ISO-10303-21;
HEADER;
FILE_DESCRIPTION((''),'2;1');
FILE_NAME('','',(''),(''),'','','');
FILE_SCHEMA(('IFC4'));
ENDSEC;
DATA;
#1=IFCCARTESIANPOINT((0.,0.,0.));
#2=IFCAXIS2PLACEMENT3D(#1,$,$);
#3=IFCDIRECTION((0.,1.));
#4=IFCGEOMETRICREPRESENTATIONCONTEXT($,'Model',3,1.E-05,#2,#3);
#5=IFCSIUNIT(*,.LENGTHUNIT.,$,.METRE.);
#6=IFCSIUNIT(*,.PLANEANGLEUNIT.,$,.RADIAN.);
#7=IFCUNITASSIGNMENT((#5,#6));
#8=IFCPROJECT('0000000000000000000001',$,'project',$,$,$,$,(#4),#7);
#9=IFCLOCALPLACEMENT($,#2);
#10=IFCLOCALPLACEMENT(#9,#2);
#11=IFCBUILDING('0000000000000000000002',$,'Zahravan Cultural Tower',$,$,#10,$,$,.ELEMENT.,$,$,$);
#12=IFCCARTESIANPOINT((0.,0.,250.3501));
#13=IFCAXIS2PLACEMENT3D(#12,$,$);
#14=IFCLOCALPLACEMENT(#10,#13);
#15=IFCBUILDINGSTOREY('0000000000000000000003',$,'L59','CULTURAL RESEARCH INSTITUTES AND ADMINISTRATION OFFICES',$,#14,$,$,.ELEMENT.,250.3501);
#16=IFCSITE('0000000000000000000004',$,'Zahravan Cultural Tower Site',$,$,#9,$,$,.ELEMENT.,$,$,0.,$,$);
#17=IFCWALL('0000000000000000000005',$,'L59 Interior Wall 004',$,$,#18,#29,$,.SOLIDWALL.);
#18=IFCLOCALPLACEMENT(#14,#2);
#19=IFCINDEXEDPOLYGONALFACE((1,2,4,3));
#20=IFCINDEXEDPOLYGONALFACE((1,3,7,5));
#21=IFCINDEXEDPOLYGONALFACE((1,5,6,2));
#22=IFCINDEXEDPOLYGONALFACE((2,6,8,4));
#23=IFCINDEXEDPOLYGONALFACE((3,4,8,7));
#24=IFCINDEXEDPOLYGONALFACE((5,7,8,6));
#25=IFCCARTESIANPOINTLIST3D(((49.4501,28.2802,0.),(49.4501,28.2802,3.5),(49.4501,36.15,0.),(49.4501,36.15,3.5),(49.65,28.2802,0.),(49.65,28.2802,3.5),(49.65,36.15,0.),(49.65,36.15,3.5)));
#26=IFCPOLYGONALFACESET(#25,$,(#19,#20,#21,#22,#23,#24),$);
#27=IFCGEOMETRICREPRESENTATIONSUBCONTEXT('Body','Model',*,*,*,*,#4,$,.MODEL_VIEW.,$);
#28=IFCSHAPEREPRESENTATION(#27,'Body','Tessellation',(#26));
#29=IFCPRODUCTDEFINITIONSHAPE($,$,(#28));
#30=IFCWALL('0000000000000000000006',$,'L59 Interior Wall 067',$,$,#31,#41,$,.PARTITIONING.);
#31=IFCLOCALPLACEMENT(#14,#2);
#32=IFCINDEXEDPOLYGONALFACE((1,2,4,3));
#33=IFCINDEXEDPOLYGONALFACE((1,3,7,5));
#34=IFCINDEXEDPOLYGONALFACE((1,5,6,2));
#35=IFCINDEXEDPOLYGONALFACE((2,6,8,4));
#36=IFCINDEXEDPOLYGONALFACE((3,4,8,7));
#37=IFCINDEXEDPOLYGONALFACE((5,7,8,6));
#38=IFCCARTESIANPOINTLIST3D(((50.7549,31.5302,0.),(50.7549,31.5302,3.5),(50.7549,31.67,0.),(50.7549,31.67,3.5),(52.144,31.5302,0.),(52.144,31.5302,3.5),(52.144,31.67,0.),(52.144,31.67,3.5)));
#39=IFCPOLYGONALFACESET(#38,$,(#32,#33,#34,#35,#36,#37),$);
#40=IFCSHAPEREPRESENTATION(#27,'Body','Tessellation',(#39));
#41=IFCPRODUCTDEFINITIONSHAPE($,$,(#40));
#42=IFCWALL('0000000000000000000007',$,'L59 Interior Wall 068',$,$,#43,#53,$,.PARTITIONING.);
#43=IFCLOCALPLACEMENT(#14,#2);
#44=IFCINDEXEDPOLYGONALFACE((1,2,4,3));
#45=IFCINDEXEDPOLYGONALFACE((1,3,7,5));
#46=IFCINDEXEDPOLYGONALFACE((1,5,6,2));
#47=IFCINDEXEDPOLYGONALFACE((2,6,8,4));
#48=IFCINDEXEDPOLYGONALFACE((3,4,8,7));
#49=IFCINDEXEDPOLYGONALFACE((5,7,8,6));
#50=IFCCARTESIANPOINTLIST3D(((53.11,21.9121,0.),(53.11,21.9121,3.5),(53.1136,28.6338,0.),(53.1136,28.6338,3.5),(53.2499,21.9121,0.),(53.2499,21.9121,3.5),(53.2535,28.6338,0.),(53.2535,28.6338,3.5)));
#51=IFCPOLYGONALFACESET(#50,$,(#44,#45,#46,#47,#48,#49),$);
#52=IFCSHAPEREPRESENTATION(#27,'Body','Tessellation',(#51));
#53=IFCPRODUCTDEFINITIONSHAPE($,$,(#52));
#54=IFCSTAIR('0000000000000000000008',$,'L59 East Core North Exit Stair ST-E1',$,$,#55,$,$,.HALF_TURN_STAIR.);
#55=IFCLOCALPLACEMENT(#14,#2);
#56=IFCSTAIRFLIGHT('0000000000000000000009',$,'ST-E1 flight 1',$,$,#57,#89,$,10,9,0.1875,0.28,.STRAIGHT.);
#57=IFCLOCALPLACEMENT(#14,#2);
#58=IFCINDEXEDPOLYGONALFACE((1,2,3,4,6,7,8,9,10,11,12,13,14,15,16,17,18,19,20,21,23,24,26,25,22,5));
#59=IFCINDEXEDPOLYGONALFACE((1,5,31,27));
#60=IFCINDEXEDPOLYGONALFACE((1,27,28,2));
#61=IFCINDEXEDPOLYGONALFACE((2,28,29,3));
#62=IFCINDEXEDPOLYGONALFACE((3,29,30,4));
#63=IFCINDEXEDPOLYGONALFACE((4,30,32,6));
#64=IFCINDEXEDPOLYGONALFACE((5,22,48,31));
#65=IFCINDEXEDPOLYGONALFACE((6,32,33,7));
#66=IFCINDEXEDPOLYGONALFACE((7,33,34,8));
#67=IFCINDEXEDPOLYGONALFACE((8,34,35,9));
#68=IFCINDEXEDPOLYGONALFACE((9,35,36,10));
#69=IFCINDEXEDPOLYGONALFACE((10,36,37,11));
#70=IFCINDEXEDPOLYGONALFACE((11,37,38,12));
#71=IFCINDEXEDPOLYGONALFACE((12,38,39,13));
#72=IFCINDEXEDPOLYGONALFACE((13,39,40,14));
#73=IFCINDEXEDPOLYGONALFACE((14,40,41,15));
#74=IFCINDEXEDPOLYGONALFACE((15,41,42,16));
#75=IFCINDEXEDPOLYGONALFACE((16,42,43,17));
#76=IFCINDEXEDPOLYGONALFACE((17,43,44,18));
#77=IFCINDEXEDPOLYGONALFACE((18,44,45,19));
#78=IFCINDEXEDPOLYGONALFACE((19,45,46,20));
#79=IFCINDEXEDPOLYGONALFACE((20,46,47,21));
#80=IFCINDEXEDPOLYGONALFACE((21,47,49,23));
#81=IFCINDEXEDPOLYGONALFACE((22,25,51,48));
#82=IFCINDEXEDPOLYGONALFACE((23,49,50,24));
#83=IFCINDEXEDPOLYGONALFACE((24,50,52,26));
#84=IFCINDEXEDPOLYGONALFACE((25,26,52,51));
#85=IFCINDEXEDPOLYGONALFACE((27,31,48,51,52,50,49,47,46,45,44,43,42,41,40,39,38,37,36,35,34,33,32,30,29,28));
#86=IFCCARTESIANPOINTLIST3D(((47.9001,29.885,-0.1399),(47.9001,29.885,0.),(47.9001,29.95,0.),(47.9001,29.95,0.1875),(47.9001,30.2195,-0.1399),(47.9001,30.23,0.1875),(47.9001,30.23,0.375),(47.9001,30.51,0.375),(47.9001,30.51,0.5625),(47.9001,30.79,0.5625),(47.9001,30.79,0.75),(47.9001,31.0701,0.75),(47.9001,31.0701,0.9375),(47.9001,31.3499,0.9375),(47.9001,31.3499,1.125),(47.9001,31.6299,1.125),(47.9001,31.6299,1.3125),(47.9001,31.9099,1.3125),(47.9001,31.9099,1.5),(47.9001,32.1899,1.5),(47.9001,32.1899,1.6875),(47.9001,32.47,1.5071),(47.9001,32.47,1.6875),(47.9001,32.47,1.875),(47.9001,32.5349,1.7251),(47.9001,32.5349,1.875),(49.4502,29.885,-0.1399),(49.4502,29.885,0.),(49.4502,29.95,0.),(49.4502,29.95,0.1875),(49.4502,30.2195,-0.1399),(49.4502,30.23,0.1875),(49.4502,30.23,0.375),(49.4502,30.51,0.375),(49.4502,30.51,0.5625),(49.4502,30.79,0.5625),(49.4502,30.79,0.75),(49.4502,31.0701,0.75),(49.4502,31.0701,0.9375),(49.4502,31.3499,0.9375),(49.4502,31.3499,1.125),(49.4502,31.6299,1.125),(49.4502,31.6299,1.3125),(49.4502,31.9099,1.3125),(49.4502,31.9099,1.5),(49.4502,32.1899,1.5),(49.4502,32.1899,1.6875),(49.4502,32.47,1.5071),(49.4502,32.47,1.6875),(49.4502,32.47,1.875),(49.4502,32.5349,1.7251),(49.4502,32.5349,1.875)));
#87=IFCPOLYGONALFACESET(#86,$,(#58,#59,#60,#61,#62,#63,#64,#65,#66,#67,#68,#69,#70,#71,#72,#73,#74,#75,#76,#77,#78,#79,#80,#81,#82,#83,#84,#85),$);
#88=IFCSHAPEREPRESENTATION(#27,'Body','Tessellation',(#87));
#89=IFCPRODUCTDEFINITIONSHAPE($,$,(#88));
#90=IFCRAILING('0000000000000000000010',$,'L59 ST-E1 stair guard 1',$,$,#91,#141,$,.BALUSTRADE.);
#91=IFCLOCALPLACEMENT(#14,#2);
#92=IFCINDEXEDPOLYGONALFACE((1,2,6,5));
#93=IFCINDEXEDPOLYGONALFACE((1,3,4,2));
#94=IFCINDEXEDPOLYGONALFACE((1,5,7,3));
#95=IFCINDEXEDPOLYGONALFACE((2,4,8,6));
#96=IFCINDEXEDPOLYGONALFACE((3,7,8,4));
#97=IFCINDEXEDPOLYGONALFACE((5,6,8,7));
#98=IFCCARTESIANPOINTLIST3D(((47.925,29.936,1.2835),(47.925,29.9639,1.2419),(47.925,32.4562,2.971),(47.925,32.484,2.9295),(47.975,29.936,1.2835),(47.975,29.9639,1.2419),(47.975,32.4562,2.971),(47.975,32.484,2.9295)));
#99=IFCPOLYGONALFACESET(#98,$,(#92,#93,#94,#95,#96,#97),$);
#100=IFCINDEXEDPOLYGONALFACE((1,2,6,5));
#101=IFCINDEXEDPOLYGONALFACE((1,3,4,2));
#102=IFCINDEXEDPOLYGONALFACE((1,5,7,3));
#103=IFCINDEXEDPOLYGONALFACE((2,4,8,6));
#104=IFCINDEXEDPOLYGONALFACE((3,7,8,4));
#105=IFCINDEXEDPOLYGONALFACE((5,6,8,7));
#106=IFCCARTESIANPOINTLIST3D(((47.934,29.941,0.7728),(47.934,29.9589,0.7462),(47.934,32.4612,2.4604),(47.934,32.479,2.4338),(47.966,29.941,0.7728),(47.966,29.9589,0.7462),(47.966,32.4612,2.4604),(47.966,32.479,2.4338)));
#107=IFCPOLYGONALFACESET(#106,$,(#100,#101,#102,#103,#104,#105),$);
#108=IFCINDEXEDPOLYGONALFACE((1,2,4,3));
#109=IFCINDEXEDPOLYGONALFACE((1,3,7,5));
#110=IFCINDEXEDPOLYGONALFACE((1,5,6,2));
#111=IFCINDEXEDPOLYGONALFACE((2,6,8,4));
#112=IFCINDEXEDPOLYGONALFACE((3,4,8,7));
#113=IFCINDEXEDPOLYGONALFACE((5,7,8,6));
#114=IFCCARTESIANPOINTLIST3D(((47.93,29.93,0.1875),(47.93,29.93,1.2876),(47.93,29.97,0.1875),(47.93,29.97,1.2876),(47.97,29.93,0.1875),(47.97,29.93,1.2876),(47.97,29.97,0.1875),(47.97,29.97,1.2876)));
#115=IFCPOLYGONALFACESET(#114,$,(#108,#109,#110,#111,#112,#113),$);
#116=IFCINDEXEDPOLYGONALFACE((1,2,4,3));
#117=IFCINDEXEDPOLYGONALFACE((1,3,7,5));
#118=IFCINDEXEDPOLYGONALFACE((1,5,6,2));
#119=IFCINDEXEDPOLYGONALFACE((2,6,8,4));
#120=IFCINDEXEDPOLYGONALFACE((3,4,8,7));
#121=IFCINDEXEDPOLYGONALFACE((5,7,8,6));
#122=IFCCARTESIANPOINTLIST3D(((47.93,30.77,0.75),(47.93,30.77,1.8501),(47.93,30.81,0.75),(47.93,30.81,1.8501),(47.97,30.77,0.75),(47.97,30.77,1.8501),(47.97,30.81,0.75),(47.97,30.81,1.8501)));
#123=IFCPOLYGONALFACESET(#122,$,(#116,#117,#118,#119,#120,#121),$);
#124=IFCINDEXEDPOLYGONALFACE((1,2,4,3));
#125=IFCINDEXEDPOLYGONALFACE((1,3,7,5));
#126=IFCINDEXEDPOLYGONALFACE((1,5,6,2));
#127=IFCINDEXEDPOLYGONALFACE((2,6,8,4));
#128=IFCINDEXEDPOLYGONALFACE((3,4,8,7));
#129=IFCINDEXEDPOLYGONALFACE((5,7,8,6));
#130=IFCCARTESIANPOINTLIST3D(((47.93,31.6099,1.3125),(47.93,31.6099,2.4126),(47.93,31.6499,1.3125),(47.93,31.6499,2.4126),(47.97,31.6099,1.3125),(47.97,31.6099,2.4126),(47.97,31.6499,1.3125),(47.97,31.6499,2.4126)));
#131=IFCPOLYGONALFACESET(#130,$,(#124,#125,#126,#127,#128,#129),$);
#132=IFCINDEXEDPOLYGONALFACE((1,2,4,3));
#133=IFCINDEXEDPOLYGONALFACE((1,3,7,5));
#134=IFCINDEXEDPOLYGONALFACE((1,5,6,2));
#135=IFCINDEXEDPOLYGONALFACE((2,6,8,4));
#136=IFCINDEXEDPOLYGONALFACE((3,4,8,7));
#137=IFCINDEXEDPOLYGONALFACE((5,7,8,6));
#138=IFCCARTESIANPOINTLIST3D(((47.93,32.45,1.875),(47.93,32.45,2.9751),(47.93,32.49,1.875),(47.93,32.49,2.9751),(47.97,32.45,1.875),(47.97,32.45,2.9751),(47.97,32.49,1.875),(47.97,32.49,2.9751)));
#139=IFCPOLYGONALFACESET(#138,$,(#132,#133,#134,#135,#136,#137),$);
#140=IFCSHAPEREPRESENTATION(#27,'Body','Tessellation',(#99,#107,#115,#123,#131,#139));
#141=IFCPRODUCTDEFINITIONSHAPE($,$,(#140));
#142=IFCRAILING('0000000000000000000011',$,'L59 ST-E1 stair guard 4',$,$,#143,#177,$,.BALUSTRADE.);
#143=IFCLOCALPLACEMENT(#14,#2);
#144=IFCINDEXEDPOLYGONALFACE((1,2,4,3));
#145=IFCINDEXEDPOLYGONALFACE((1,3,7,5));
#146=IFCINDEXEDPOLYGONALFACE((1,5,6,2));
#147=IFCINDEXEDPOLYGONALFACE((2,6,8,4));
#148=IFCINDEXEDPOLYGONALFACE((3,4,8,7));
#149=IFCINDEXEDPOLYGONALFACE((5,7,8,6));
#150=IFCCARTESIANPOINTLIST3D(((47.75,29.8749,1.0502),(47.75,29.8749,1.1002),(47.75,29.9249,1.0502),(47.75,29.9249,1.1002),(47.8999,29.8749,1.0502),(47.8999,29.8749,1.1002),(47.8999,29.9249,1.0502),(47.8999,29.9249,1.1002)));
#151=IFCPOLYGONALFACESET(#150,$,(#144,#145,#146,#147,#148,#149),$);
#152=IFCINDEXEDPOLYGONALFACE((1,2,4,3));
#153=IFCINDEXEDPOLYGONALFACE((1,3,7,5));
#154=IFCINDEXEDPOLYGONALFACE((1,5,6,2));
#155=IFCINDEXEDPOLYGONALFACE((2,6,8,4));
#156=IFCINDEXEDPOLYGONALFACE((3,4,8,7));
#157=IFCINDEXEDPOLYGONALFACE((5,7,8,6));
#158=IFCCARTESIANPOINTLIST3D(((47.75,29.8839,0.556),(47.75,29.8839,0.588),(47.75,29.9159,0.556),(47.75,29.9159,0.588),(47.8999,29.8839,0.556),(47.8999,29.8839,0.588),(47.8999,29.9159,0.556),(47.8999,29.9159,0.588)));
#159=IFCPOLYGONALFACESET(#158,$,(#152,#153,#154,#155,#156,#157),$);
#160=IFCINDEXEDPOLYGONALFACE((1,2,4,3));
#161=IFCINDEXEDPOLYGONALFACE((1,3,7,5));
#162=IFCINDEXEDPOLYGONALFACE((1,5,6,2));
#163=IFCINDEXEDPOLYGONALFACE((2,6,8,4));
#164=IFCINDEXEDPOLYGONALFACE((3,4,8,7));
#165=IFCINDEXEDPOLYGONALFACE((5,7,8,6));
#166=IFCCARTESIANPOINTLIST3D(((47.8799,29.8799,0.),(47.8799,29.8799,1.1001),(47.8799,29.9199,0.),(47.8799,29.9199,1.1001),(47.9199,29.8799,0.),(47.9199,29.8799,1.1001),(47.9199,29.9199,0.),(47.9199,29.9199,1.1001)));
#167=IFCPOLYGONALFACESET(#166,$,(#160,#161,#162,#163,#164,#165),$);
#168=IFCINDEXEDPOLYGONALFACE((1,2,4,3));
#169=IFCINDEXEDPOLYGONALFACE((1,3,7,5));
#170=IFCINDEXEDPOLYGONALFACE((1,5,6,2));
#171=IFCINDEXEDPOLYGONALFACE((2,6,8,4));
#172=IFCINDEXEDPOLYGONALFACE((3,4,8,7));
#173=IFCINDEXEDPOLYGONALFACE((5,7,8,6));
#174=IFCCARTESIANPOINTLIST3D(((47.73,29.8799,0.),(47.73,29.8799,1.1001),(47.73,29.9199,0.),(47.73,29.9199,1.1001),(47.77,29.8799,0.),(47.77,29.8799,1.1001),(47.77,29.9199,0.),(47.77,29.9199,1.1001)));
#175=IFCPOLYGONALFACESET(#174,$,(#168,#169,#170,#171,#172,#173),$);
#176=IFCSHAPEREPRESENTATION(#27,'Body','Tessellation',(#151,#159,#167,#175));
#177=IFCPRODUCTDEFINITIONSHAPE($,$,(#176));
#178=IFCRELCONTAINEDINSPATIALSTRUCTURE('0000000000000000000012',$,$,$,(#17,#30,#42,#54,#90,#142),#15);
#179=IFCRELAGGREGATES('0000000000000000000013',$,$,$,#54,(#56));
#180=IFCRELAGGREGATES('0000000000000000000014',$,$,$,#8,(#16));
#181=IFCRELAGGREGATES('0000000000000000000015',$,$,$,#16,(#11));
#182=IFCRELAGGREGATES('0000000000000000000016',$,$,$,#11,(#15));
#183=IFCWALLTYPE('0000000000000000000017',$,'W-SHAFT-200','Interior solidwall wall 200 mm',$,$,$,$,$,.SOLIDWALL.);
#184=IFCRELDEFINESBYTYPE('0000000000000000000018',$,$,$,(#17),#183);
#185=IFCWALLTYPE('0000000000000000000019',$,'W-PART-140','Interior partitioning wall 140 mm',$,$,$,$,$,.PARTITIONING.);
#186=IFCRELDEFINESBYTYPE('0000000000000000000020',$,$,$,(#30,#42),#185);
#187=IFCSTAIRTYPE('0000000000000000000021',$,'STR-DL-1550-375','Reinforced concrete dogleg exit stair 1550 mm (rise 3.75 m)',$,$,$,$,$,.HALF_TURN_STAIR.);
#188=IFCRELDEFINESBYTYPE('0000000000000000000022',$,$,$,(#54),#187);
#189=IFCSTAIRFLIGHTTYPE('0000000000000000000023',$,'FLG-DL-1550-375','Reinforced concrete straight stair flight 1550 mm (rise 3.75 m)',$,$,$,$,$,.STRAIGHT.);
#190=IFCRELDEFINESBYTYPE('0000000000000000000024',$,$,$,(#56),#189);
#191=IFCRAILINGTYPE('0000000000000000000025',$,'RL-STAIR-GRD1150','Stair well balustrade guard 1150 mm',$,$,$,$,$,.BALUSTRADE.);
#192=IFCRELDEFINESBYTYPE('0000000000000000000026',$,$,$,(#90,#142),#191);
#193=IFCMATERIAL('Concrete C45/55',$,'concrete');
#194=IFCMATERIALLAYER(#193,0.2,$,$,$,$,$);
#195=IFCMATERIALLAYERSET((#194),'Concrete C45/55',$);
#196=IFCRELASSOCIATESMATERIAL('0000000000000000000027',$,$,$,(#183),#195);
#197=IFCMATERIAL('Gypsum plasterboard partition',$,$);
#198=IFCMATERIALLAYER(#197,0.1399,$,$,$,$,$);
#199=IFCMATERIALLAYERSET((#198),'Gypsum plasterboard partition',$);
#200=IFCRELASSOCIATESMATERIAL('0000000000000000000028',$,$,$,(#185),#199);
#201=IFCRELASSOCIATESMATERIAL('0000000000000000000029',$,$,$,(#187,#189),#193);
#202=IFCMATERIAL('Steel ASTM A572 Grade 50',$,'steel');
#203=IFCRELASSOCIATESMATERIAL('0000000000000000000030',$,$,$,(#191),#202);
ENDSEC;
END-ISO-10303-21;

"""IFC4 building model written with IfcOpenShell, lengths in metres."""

from ifc_helpers import new_model, si_unit, direction, frame, frame_2d, origin, origin_2d, place, context, subcontext, project, spatial, polyline, rectangle, outline, extrude, source, transform, mapped, material, layer, layer_set, type_object, element, aggregate, save


model = new_model("IFC4")

# Units and contexts
model_context = context("Model", 3, precision=1e-05, world=origin(), true_north=direction((0.0, 1.0)))
body_context = subcontext(model_context, "Body", "Model", "MODEL_VIEW")
ifc_project = project(units=[si_unit("LENGTHUNIT", "METRE"), si_unit("PLANEANGLEUNIT", "RADIAN")], contexts=[model_context])

# Site, building, storey
site_placement = place(None, origin())
site = spatial("IfcSite", under=ifc_project, at=site_placement, Name="Zahravan Cultural Tower Site", CompositionType="ELEMENT", RefElevation=0.0)
building_placement = place(site_placement, origin())
building = spatial("IfcBuilding", under=site, at=building_placement, Name="Zahravan Cultural Tower", CompositionType="ELEMENT")
storey_placement = place(building_placement, frame((0.0, 0.0, 250.3501)))
storey = spatial("IfcBuildingStorey", under=building, at=storey_placement, Name="L59", Description="CULTURAL RESEARCH INSTITUTES AND ADMINISTRATION OFFICES", CompositionType="ELEMENT", Elevation=250.3501)

# Walls
ifc_material_1 = material(Name="Concrete C45/55", Category="concrete")
ifc_layer_1 = layer(ifc_material_1, 0.2)
ifc_layer_set_1 = layer_set([ifc_layer_1], Name="Concrete C45/55")
wall_type_1 = type_object("IfcWallType", Name="W-SHAFT-200", Description="Interior solidwall wall 200 mm", PredefinedType="SOLIDWALL", material=ifc_layer_set_1)
shared_shape_1 = source(origin(), body_context, "Body", "SweptSolid", [
    extrude(rectangle(XDim=7.8699, YDim=0.2, at=frame_2d((3.9351, 0.0))), origin(), (0.0, 0.0, 1.0), 3.5),
])
wall_1_placement = place(storey_placement, frame((49.55, 28.28, 0.0), z_axis=(0.0, 0.0, 1.0), x_axis=(0.0, 1.0, 0.0)))
element("IfcWall", 1, at=wall_1_placement, inside=storey, type_object=wall_type_1, Name="L59 Interior Wall 004", PredefinedType="SOLIDWALL", context=body_context, shape_type="MappedRepresentation", body=[
    mapped(shared_shape_1, transform((0.0, 0.0, 0.0), x_axis=(1.0, 0.0, 0.0), y_axis=(0.0, 1.0, 0.0), z_axis=(0.0, 0.0, 1.0), scale=1.0)),
])
ifc_material_2 = material(Name="Gypsum plasterboard partition")
ifc_layer_2 = layer(ifc_material_2, 0.1399)
ifc_layer_set_2 = layer_set([ifc_layer_2], Name="Gypsum plasterboard partition")
wall_type_2 = type_object("IfcWallType", Name="W-PART-140", Description="Interior partitioning wall 140 mm", PredefinedType="PARTITIONING", material=ifc_layer_set_2)
shared_shape_2 = source(origin(), body_context, "Body", "SweptSolid", [
    extrude(rectangle(XDim=1.3892, YDim=0.1399, at=frame_2d((0.6946, 0.0))), origin(), (0.0, 0.0, 1.0), 3.5),
])
wall_2_placement = place(storey_placement, frame((52.144, 31.6001, 0.0), z_axis=(0.0, 0.0, 1.0), x_axis=(-1.0, 0.0, 0.0)))
element("IfcWall", 2, at=wall_2_placement, inside=storey, type_object=wall_type_2, Name="L59 Interior Wall 067", PredefinedType="PARTITIONING", context=body_context, shape_type="MappedRepresentation", body=[
    mapped(shared_shape_2, transform((0.0, 0.0, 0.0), x_axis=(1.0, 0.0, 0.0), y_axis=(0.0, 1.0, 0.0), z_axis=(0.0, 0.0, 1.0), scale=1.0)),
])
shared_shape_3 = source(origin(), body_context, "Body", "SweptSolid", [
    extrude(rectangle(XDim=6.7217, YDim=0.1399, at=frame_2d((3.3608, 0.0))), origin(), (0.0, 0.0, 1.0), 3.5),
])
wall_3_placement = place(storey_placement, frame((53.1836, 28.6338, 0.0), z_axis=(0.0, 0.0, 1.0), x_axis=(-0.000545, -1.0, 0.0)))
element("IfcWall", 3, at=wall_3_placement, inside=storey, type_object=wall_type_2, Name="L59 Interior Wall 068", PredefinedType="PARTITIONING", context=body_context, shape_type="MappedRepresentation", body=[
    mapped(shared_shape_3, transform((0.0, 0.0, 0.0), x_axis=(1.0, 0.0, 0.0), y_axis=(0.0, 1.0, 0.0), z_axis=(0.0, 0.0, 1.0), scale=1.0)),
])

# Stair, stair flight
stair_type = type_object("IfcStairType", Name="STR-DL-1550-375", Description="Reinforced concrete dogleg exit stair 1550 mm (rise 3.75 m)", PredefinedType="HALF_TURN_STAIR", material=ifc_material_1)
stair_placement = place(storey_placement, origin())
stair = element("IfcStair", 4, at=stair_placement, inside=storey, type_object=stair_type, Name="L59 East Core North Exit Stair ST-E1", PredefinedType="HALF_TURN_STAIR")
stair_flight_type = type_object("IfcStairFlightType", Name="FLG-DL-1550-375", Description="Reinforced concrete straight stair flight 1550 mm (rise 3.75 m)", PredefinedType="STRAIGHT", material=ifc_material_1)
stair_flight_placement = place(storey_placement, frame((48.675, 29.95, 0.0), z_axis=(0.0, 0.0, 1.0), x_axis=(0.0, 1.0, 0.0)))
stair_flight = element("IfcStairFlight", 5, at=stair_flight_placement, type_object=stair_flight_type, Name="ST-E1 flight 1", NumberOfRisers=10, NumberOfTreads=9, PredefinedType="STRAIGHT", RiserHeight=0.1875, TreadLength=0.28, context=body_context, shape_type="SweptSolid", body=[
    extrude(outline(polyline([(-0.0649, -0.1399), (-0.0649, 0.0), (0.0, 0.0), (0.0, 0.1875), (0.28, 0.1875), (0.28, 0.375), (0.5601, 0.375), (0.5601, 0.5625), (0.8401, 0.5625), (0.8401, 0.75), (1.1201, 0.75), (1.1201, 0.9375), (1.3999, 0.9375), (1.3999, 1.125), (1.6799, 1.125), (1.6799, 1.3125), (1.96, 1.3125), (1.96, 1.5), (2.24, 1.5), (2.24, 1.6875), (2.52, 1.6875), (2.52, 1.875), (2.585, 1.875), (2.585, 1.7251), (2.52, 1.5071), (0.2695, -0.1399), (-0.0649, -0.1399)])), frame((0.0, 0.7749, 0.0), z_axis=(0.0, -1.0, 0.0), x_axis=(1.0, 0.0, 0.0)), (0.0, 0.0, 1.0), 1.55),
])
aggregate(stair, [stair_flight])

# Railings
ifc_material_3 = material(Name="Steel ASTM A572 Grade 50", Category="steel")
railing_type_1 = type_object("IfcRailingType", Name="RL-STAIR-GRD1150", Description="Stair well balustrade guard 1150 mm", PredefinedType="BALUSTRADE", material=ifc_material_3)
railing_1_placement = place(storey_placement, frame((47.95, 29.95, 0.1875)))
element("IfcRailing", 6, at=railing_1_placement, inside=storey, type_object=railing_type_1, Name="L59 ST-E1 stair guard 1", PredefinedType="BALUSTRADE", context=body_context, shape_type="SweptSolid", body=[
    extrude(rectangle(XDim=0.05, YDim=0.05, at=origin_2d()), frame((0.0, 0.0, 1.0752), z_axis=(0.0, 0.830909, 0.556408), x_axis=(-1.0, 0.0, 0.0)), (0.0, 0.0, 1.0), 3.033),
    extrude(rectangle(XDim=0.032, YDim=0.032, at=origin_2d()), frame((0.0, 0.0, 0.572), z_axis=(0.0, 0.830909, 0.556408), x_axis=(-1.0, 0.0, 0.0)), (0.0, 0.0, 1.0), 3.033),
    extrude(rectangle(XDim=0.04, YDim=0.04, at=origin_2d()), origin(), (0.0, 0.0, 1.0), 1.1001),
    extrude(rectangle(XDim=0.04, YDim=0.04, at=origin_2d()), frame((0.0, 0.8401, 0.5625)), (0.0, 0.0, 1.0), 1.1001),
    extrude(rectangle(XDim=0.04, YDim=0.04, at=origin_2d()), frame((0.0, 1.6799, 1.125)), (0.0, 0.0, 1.0), 1.1001),
    extrude(rectangle(XDim=0.04, YDim=0.04, at=origin_2d()), frame((0.0, 2.52, 1.6875)), (0.0, 0.0, 1.0), 1.1001),
])
railing_2_placement = place(storey_placement, frame((47.8999, 29.8999, 0.0)))
element("IfcRailing", 7, at=railing_2_placement, inside=storey, type_object=railing_type_1, Name="L59 ST-E1 stair guard 4", PredefinedType="BALUSTRADE", context=body_context, shape_type="SweptSolid", body=[
    extrude(rectangle(XDim=0.05, YDim=0.05, at=origin_2d()), frame((0.0, 0.0, 1.0752), z_axis=(-1.0, 0.0, 0.0), x_axis=(0.0, -1.0, 0.0)), (0.0, 0.0, 1.0), 0.1499),
    extrude(rectangle(XDim=0.032, YDim=0.032, at=origin_2d()), frame((0.0, 0.0, 0.572), z_axis=(-1.0, 0.0, 0.0), x_axis=(0.0, -1.0, 0.0)), (0.0, 0.0, 1.0), 0.1499),
    extrude(rectangle(XDim=0.04, YDim=0.04, at=origin_2d()), origin(), (0.0, 0.0, 1.0), 1.1001),
    extrude(rectangle(XDim=0.04, YDim=0.04, at=origin_2d()), frame((-0.1499, 0.0, 0.0)), (0.0, 0.0, 1.0), 1.1001),
])

save(model, "model.ifc")
